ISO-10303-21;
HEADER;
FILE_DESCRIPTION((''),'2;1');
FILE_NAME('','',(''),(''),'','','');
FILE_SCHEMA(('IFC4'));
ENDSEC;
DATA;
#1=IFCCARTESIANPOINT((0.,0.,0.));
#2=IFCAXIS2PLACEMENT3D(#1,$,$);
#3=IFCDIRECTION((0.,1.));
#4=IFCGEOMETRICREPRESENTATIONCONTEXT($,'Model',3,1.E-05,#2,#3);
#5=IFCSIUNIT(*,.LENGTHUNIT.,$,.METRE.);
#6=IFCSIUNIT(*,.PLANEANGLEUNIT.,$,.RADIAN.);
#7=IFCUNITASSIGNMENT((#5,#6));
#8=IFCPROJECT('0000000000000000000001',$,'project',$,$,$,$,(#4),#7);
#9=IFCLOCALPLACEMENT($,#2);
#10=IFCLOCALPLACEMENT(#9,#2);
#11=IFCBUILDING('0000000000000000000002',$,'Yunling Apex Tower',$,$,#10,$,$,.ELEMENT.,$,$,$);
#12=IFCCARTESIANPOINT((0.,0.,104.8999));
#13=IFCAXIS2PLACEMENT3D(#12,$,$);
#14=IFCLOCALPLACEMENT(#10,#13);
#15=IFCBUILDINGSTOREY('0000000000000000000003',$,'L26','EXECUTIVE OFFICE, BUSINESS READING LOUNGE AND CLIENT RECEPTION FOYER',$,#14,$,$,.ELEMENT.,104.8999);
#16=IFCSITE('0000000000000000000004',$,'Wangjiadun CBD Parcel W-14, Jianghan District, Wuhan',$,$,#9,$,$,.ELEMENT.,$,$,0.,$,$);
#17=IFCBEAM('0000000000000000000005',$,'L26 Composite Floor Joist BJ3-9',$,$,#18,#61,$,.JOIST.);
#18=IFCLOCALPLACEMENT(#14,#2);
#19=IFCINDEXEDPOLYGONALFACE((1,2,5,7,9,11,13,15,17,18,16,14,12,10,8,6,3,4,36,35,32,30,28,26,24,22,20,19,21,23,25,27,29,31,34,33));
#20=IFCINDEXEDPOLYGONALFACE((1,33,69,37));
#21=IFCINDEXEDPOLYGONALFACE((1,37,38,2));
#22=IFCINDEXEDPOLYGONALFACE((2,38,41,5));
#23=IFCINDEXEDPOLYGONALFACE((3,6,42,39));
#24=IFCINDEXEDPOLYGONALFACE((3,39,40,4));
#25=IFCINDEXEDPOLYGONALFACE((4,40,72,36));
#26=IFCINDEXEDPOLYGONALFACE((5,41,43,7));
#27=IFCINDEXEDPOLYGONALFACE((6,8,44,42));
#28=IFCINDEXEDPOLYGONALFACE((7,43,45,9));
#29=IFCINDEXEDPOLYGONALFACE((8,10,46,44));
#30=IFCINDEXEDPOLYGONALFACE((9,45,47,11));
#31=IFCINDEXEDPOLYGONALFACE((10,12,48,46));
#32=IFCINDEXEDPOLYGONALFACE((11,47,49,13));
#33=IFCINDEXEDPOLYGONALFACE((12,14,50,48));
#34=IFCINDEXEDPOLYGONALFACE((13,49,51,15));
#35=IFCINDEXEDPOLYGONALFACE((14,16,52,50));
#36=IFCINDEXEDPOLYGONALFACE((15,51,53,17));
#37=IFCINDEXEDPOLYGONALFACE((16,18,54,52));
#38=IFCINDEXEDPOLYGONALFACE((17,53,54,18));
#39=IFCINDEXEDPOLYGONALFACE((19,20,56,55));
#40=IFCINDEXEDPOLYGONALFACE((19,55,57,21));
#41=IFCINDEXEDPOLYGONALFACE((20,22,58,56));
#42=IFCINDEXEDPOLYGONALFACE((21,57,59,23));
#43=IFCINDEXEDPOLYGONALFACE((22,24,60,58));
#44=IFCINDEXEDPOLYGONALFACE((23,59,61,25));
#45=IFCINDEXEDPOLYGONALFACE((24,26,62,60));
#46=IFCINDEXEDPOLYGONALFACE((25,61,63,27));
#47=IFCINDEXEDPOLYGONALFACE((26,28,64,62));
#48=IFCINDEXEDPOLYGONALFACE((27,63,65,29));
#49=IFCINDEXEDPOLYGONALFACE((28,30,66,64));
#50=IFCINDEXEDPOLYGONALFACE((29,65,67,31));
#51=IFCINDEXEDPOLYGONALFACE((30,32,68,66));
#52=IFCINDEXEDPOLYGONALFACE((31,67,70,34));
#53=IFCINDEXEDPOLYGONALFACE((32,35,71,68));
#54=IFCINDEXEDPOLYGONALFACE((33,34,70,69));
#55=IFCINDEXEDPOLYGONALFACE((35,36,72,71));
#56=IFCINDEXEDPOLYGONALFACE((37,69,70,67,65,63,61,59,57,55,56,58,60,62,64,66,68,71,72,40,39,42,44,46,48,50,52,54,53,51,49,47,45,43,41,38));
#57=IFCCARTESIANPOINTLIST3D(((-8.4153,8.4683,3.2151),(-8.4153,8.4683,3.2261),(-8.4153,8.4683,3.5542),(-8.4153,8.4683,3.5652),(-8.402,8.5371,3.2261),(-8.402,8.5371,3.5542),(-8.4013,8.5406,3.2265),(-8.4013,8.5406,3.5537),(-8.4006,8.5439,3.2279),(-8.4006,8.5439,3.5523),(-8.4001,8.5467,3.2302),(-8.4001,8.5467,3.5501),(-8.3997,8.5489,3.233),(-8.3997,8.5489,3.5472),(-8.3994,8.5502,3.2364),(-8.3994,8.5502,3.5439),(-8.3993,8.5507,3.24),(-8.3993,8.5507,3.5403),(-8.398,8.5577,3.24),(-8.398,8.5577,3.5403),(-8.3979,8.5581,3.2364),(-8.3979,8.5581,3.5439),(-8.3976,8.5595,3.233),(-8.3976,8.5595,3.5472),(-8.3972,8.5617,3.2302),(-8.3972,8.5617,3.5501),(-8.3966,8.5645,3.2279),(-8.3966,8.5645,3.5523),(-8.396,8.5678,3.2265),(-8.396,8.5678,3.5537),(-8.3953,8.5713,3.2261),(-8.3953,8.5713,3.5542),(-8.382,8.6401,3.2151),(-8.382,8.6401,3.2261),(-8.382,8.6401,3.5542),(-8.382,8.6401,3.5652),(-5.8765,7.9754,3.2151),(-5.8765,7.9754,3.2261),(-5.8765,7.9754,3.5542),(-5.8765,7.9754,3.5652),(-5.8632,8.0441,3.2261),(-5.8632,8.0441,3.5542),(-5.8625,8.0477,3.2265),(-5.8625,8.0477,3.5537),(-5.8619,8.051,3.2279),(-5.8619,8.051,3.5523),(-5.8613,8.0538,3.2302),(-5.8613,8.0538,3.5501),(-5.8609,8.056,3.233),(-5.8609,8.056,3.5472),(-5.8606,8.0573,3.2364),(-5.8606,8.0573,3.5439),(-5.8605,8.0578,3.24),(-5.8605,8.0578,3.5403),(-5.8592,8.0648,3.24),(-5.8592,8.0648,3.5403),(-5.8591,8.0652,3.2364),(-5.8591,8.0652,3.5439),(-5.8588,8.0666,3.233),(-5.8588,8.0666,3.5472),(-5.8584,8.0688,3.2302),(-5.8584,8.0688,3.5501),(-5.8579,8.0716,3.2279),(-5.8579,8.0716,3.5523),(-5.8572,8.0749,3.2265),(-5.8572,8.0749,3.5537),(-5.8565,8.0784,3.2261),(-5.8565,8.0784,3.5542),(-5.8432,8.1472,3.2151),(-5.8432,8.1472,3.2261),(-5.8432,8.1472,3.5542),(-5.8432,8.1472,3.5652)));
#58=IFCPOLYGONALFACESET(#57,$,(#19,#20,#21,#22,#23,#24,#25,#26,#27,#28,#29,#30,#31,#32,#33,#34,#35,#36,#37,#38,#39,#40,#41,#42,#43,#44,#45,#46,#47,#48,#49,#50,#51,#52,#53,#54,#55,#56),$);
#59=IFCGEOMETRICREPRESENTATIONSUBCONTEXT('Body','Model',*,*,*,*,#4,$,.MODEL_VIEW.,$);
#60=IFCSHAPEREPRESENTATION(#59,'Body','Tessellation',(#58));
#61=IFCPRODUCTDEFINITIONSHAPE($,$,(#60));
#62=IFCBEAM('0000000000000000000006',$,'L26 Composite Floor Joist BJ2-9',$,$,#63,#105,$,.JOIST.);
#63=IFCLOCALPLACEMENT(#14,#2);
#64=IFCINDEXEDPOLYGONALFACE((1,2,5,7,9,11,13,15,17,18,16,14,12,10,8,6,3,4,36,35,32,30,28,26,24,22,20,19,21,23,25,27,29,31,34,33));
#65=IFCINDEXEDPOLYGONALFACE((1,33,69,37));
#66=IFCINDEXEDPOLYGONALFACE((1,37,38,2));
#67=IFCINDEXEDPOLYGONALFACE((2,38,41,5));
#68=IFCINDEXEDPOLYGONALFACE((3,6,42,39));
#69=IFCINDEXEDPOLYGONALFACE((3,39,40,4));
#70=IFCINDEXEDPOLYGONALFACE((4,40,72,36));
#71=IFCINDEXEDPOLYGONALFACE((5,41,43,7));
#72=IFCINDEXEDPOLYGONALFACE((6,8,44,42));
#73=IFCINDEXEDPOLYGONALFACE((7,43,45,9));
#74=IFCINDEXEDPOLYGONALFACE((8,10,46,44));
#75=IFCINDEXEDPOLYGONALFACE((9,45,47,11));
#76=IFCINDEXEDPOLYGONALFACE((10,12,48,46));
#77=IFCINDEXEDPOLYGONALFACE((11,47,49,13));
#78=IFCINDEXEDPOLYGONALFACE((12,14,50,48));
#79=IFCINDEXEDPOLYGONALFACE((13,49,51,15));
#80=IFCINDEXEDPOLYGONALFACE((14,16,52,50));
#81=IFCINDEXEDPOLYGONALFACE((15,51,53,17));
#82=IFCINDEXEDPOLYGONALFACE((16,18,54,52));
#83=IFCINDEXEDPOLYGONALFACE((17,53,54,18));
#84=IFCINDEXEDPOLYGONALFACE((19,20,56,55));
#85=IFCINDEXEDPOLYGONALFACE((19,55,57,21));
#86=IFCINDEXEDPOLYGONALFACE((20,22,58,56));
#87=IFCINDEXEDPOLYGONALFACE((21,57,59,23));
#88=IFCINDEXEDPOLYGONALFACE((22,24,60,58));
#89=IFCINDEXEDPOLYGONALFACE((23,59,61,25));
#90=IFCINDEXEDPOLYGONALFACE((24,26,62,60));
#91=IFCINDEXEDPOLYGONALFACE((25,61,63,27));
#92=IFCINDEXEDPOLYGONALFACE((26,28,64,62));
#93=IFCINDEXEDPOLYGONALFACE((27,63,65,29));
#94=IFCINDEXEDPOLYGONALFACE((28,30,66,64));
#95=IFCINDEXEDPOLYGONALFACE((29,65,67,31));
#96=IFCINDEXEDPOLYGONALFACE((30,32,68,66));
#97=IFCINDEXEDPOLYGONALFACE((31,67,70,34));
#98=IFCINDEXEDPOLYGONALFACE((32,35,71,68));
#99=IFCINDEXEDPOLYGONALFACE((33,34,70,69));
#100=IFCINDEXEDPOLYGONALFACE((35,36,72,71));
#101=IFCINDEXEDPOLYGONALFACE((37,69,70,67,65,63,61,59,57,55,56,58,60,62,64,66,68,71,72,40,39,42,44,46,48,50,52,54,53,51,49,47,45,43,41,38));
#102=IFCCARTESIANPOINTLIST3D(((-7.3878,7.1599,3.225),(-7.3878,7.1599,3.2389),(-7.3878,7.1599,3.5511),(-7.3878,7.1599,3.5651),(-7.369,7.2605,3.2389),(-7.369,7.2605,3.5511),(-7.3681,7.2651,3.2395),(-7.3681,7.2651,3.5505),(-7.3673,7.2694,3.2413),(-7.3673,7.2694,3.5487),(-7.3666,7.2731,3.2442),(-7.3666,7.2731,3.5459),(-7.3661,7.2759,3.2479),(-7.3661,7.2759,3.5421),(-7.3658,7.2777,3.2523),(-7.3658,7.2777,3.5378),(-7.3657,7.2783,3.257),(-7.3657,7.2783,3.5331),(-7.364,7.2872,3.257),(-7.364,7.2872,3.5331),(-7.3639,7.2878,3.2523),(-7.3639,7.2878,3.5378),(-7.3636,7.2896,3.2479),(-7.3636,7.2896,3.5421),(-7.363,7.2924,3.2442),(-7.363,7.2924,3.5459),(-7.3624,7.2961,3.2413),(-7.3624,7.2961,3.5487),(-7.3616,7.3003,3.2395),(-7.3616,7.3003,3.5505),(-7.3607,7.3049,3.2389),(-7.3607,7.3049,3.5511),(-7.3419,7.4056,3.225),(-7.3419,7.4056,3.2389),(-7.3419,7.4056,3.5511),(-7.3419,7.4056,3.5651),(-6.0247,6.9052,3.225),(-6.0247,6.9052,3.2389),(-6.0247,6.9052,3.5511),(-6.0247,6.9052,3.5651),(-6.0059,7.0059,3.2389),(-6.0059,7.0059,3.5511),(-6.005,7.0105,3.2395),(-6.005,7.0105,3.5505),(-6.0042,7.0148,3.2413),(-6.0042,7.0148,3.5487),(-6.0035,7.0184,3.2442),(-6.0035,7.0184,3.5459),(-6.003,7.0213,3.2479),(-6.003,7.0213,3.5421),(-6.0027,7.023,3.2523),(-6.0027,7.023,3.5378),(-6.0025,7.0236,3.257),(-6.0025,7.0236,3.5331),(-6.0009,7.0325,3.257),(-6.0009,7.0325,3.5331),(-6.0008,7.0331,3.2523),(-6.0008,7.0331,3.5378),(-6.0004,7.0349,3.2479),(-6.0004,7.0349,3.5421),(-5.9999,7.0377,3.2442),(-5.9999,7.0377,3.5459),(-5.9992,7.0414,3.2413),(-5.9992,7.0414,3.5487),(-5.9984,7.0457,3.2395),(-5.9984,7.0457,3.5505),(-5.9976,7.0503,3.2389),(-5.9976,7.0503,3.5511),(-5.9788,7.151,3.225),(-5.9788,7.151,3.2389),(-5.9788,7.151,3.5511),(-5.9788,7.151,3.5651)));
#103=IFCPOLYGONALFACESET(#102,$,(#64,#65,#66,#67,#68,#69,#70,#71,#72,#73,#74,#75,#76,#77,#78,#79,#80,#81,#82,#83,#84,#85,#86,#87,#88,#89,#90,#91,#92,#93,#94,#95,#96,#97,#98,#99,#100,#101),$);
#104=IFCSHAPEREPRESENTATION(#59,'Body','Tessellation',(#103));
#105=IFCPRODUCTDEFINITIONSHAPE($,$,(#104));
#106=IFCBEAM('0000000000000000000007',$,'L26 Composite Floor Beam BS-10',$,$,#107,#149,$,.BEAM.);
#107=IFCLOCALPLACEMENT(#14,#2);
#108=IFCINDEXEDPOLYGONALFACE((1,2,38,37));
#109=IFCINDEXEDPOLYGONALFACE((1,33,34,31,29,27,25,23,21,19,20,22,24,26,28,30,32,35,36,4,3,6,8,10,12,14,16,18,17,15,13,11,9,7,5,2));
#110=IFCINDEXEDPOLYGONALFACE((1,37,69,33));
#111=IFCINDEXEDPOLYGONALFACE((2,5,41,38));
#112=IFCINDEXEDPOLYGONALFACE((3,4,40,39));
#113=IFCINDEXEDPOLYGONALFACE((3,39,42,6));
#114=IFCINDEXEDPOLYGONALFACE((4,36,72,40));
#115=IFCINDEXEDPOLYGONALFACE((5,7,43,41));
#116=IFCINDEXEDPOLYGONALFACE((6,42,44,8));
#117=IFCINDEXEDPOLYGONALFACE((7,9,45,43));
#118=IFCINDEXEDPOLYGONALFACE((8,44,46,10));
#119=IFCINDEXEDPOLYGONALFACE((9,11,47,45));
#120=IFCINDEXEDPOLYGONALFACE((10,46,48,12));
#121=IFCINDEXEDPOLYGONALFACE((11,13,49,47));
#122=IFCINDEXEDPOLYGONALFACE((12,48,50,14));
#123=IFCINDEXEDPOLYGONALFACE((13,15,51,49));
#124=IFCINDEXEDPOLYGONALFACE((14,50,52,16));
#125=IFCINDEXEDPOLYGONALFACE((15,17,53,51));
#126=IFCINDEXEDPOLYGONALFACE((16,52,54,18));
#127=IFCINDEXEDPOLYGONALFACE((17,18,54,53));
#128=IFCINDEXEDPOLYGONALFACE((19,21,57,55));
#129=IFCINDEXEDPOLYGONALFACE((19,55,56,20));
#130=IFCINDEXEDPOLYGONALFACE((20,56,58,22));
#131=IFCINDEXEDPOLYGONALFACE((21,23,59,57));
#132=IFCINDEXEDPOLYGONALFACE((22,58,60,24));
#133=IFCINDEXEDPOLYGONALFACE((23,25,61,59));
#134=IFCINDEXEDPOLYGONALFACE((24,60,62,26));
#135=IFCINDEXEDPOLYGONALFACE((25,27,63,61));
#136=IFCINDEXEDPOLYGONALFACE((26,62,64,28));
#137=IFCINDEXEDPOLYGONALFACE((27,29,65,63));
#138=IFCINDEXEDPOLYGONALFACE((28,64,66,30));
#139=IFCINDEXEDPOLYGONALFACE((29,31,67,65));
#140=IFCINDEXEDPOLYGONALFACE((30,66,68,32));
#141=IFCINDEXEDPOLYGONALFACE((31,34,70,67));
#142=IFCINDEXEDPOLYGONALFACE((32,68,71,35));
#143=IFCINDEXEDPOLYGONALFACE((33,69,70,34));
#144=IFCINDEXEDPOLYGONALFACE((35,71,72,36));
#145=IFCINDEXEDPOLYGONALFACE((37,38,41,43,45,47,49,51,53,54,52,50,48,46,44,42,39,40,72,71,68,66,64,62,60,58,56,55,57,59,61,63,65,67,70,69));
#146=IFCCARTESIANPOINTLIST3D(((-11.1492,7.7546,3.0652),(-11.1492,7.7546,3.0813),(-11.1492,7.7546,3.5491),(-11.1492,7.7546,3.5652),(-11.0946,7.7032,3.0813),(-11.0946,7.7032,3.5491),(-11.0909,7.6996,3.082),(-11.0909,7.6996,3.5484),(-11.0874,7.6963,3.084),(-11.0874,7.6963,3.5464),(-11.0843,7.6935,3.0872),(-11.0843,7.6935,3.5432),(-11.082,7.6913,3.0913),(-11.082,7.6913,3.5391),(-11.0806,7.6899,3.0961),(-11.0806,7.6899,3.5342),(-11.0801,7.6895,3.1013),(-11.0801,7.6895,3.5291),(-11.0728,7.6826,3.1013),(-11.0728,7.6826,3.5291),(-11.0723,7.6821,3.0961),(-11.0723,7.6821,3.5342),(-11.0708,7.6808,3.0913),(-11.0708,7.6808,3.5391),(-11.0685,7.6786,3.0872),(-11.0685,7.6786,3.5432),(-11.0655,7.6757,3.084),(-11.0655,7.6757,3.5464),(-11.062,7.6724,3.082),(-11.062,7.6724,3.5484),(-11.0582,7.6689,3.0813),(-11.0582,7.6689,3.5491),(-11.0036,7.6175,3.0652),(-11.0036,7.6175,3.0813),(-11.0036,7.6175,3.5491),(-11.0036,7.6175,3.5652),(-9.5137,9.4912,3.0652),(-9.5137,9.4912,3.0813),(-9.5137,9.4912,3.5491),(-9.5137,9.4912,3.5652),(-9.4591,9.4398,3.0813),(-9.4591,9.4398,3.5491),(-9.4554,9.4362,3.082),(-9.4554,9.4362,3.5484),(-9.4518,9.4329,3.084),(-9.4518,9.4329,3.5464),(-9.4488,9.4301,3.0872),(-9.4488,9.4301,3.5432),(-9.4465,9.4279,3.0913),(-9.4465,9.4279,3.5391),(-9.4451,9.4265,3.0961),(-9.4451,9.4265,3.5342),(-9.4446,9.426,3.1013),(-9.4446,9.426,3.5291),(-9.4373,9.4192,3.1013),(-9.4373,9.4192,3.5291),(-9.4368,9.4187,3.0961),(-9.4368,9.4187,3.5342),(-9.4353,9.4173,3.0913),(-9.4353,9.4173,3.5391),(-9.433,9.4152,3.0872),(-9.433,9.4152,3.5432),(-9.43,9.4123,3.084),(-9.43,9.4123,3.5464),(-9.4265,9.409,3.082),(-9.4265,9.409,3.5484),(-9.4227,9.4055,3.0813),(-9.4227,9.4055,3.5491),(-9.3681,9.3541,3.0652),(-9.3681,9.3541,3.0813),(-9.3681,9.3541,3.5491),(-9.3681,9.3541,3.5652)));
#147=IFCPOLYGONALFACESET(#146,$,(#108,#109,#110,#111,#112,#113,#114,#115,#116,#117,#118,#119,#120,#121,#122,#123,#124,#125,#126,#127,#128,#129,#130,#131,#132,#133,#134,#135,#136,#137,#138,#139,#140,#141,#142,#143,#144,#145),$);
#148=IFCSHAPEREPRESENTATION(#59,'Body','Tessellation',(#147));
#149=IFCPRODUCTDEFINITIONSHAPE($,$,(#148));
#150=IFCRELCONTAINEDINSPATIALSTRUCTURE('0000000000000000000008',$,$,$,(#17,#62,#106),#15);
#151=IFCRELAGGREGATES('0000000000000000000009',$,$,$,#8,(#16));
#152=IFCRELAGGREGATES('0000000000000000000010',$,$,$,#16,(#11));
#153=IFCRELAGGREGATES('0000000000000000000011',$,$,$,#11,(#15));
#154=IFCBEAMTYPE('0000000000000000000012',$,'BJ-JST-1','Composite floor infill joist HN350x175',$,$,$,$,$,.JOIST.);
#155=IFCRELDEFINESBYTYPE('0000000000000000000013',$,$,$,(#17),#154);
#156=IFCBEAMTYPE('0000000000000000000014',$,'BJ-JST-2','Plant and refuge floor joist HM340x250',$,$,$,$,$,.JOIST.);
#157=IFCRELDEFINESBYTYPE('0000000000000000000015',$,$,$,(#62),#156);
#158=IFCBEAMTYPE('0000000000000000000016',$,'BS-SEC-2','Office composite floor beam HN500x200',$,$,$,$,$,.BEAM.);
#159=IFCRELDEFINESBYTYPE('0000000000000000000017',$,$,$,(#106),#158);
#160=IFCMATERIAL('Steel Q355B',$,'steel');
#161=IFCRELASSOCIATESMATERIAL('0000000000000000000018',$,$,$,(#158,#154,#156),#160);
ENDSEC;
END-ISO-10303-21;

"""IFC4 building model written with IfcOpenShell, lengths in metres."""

from ifc_helpers import new_model, si_unit, direction, frame, origin, origin_2d, place, context, subcontext, project, spatial, i_section, extrude, source, transform, mapped, material, material_profile, profile_set, type_object, element, save


model = new_model("IFC4")

# Units and contexts
model_context = context("Model", 3, precision=1e-05, world=origin(), true_north=direction((0.0, 1.0)))
body_context = subcontext(model_context, "Body", "Model", "MODEL_VIEW")
ifc_project = project(units=[si_unit("LENGTHUNIT", "METRE"), si_unit("PLANEANGLEUNIT", "RADIAN")], contexts=[model_context])

# Site, building, storey
site_placement = place(None, origin())
site = spatial("IfcSite", under=ifc_project, at=site_placement, Name="Wangjiadun CBD Parcel W-14, Jianghan District, Wuhan", CompositionType="ELEMENT", RefElevation=0.0)
building_placement = place(site_placement, origin())
building = spatial("IfcBuilding", under=site, at=building_placement, Name="Yunling Apex Tower", CompositionType="ELEMENT")
storey_placement = place(building_placement, frame((0.0, 0.0, 104.8999)))
storey = spatial("IfcBuildingStorey", under=building, at=storey_placement, Name="L26", Description="EXECUTIVE OFFICE, BUSINESS READING LOUNGE AND CLIENT RECEPTION FOYER", CompositionType="ELEMENT", Elevation=104.8999)

# Beams
ifc_material_1 = material(Name="Steel Q355B", Category="steel")
ifc_material_profile_1 = material_profile(ifc_material_1, i_section(OverallWidth=0.2, OverallDepth=0.5, WebThickness=0.01, FlangeThickness=0.0161, FilletRadius=0.02, at=origin_2d()))
ifc_profile_set_1 = profile_set([ifc_material_profile_1], Name="Steel Q355B")
beam_type_1 = type_object("IfcBeamType", Name="BS-SEC-2", Description="Office composite floor beam HN500x200", PredefinedType="BEAM", material=ifc_profile_set_1)
ifc_material_profile_2 = material_profile(ifc_material_1, i_section(OverallWidth=0.175, OverallDepth=0.3501, WebThickness=0.0071, FlangeThickness=0.011, FilletRadius=0.0139, at=origin_2d()))
ifc_profile_set_2 = profile_set([ifc_material_profile_2], Name="Steel Q355B")
beam_type_2 = type_object("IfcBeamType", Name="BJ-JST-1", Description="Composite floor infill joist HN350x175", PredefinedType="JOIST", material=ifc_profile_set_2)
shared_shape_1 = source(origin(), body_context, "Body", "SweptSolid", [
    extrude(i_section(OverallWidth=0.175, OverallDepth=0.3501, WebThickness=0.0071, FlangeThickness=0.011, FilletRadius=0.0139, at=origin_2d()), origin(), (0.0, 0.0, 1.0), 2.5862),
])
beam_1_placement = place(storey_placement, frame((-5.8599, 8.0613, 3.3901), z_axis=(-0.981669, 0.190594, 0.0), x_axis=(-0.190594, -0.981669, 0.0)))
element("IfcBeam", 1, at=beam_1_placement, inside=storey, type_object=beam_type_2, Name="L26 Composite Floor Joist BJ3-9", PredefinedType="JOIST", context=body_context, shape_type="MappedRepresentation", body=[
    mapped(shared_shape_1, transform((0.0, 0.0, 0.0), scale=1.0)),
])
ifc_material_profile_3 = material_profile(ifc_material_1, i_section(OverallWidth=0.25, OverallDepth=0.3401, WebThickness=0.009, FlangeThickness=0.0139, FilletRadius=0.0181, at=origin_2d()))
ifc_profile_set_3 = profile_set([ifc_material_profile_3], Name="Steel Q355B")
beam_type_3 = type_object("IfcBeamType", Name="BJ-JST-2", Description="Plant and refuge floor joist HM340x250", PredefinedType="JOIST", material=ifc_profile_set_3)
shared_shape_2 = source(origin(), body_context, "Body", "SweptSolid", [
    extrude(i_section(OverallWidth=0.25, OverallDepth=0.3401, WebThickness=0.009, FlangeThickness=0.0139, FilletRadius=0.0181, at=origin_2d()), origin(), (0.0, 0.0, 1.0), 1.3867),
])
beam_2_placement = place(storey_placement, frame((-6.0017, 7.0281, 3.395), z_axis=(-0.982994, 0.18364, 0.0), x_axis=(-0.18364, -0.982994, 0.0)))
element("IfcBeam", 2, at=beam_2_placement, inside=storey, type_object=beam_type_3, Name="L26 Composite Floor Joist BJ2-9", PredefinedType="JOIST", context=body_context, shape_type="MappedRepresentation", body=[
    mapped(shared_shape_2, transform((0.0, 0.0, 0.0), scale=1.0)),
])
shared_shape_3 = source(origin(), body_context, "Body", "SweptSolid", [
    extrude(i_section(OverallWidth=0.2, OverallDepth=0.5, WebThickness=0.01, FlangeThickness=0.0161, FilletRadius=0.02, at=origin_2d()), origin(), (0.0, 0.0, 1.0), 2.3855),
])
beam_3_placement = place(storey_placement, frame((-9.4409, 9.4226, 3.3152), z_axis=(-0.685604, -0.727975, 0.0), x_axis=(0.727975, -0.685604, 0.0)))
element("IfcBeam", 3, at=beam_3_placement, inside=storey, type_object=beam_type_1, Name="L26 Composite Floor Beam BS-10", PredefinedType="BEAM", context=body_context, shape_type="MappedRepresentation", body=[
    mapped(shared_shape_3, transform((0.0, 0.0, 0.0), scale=1.0)),
])

save(model, "model.ifc")
